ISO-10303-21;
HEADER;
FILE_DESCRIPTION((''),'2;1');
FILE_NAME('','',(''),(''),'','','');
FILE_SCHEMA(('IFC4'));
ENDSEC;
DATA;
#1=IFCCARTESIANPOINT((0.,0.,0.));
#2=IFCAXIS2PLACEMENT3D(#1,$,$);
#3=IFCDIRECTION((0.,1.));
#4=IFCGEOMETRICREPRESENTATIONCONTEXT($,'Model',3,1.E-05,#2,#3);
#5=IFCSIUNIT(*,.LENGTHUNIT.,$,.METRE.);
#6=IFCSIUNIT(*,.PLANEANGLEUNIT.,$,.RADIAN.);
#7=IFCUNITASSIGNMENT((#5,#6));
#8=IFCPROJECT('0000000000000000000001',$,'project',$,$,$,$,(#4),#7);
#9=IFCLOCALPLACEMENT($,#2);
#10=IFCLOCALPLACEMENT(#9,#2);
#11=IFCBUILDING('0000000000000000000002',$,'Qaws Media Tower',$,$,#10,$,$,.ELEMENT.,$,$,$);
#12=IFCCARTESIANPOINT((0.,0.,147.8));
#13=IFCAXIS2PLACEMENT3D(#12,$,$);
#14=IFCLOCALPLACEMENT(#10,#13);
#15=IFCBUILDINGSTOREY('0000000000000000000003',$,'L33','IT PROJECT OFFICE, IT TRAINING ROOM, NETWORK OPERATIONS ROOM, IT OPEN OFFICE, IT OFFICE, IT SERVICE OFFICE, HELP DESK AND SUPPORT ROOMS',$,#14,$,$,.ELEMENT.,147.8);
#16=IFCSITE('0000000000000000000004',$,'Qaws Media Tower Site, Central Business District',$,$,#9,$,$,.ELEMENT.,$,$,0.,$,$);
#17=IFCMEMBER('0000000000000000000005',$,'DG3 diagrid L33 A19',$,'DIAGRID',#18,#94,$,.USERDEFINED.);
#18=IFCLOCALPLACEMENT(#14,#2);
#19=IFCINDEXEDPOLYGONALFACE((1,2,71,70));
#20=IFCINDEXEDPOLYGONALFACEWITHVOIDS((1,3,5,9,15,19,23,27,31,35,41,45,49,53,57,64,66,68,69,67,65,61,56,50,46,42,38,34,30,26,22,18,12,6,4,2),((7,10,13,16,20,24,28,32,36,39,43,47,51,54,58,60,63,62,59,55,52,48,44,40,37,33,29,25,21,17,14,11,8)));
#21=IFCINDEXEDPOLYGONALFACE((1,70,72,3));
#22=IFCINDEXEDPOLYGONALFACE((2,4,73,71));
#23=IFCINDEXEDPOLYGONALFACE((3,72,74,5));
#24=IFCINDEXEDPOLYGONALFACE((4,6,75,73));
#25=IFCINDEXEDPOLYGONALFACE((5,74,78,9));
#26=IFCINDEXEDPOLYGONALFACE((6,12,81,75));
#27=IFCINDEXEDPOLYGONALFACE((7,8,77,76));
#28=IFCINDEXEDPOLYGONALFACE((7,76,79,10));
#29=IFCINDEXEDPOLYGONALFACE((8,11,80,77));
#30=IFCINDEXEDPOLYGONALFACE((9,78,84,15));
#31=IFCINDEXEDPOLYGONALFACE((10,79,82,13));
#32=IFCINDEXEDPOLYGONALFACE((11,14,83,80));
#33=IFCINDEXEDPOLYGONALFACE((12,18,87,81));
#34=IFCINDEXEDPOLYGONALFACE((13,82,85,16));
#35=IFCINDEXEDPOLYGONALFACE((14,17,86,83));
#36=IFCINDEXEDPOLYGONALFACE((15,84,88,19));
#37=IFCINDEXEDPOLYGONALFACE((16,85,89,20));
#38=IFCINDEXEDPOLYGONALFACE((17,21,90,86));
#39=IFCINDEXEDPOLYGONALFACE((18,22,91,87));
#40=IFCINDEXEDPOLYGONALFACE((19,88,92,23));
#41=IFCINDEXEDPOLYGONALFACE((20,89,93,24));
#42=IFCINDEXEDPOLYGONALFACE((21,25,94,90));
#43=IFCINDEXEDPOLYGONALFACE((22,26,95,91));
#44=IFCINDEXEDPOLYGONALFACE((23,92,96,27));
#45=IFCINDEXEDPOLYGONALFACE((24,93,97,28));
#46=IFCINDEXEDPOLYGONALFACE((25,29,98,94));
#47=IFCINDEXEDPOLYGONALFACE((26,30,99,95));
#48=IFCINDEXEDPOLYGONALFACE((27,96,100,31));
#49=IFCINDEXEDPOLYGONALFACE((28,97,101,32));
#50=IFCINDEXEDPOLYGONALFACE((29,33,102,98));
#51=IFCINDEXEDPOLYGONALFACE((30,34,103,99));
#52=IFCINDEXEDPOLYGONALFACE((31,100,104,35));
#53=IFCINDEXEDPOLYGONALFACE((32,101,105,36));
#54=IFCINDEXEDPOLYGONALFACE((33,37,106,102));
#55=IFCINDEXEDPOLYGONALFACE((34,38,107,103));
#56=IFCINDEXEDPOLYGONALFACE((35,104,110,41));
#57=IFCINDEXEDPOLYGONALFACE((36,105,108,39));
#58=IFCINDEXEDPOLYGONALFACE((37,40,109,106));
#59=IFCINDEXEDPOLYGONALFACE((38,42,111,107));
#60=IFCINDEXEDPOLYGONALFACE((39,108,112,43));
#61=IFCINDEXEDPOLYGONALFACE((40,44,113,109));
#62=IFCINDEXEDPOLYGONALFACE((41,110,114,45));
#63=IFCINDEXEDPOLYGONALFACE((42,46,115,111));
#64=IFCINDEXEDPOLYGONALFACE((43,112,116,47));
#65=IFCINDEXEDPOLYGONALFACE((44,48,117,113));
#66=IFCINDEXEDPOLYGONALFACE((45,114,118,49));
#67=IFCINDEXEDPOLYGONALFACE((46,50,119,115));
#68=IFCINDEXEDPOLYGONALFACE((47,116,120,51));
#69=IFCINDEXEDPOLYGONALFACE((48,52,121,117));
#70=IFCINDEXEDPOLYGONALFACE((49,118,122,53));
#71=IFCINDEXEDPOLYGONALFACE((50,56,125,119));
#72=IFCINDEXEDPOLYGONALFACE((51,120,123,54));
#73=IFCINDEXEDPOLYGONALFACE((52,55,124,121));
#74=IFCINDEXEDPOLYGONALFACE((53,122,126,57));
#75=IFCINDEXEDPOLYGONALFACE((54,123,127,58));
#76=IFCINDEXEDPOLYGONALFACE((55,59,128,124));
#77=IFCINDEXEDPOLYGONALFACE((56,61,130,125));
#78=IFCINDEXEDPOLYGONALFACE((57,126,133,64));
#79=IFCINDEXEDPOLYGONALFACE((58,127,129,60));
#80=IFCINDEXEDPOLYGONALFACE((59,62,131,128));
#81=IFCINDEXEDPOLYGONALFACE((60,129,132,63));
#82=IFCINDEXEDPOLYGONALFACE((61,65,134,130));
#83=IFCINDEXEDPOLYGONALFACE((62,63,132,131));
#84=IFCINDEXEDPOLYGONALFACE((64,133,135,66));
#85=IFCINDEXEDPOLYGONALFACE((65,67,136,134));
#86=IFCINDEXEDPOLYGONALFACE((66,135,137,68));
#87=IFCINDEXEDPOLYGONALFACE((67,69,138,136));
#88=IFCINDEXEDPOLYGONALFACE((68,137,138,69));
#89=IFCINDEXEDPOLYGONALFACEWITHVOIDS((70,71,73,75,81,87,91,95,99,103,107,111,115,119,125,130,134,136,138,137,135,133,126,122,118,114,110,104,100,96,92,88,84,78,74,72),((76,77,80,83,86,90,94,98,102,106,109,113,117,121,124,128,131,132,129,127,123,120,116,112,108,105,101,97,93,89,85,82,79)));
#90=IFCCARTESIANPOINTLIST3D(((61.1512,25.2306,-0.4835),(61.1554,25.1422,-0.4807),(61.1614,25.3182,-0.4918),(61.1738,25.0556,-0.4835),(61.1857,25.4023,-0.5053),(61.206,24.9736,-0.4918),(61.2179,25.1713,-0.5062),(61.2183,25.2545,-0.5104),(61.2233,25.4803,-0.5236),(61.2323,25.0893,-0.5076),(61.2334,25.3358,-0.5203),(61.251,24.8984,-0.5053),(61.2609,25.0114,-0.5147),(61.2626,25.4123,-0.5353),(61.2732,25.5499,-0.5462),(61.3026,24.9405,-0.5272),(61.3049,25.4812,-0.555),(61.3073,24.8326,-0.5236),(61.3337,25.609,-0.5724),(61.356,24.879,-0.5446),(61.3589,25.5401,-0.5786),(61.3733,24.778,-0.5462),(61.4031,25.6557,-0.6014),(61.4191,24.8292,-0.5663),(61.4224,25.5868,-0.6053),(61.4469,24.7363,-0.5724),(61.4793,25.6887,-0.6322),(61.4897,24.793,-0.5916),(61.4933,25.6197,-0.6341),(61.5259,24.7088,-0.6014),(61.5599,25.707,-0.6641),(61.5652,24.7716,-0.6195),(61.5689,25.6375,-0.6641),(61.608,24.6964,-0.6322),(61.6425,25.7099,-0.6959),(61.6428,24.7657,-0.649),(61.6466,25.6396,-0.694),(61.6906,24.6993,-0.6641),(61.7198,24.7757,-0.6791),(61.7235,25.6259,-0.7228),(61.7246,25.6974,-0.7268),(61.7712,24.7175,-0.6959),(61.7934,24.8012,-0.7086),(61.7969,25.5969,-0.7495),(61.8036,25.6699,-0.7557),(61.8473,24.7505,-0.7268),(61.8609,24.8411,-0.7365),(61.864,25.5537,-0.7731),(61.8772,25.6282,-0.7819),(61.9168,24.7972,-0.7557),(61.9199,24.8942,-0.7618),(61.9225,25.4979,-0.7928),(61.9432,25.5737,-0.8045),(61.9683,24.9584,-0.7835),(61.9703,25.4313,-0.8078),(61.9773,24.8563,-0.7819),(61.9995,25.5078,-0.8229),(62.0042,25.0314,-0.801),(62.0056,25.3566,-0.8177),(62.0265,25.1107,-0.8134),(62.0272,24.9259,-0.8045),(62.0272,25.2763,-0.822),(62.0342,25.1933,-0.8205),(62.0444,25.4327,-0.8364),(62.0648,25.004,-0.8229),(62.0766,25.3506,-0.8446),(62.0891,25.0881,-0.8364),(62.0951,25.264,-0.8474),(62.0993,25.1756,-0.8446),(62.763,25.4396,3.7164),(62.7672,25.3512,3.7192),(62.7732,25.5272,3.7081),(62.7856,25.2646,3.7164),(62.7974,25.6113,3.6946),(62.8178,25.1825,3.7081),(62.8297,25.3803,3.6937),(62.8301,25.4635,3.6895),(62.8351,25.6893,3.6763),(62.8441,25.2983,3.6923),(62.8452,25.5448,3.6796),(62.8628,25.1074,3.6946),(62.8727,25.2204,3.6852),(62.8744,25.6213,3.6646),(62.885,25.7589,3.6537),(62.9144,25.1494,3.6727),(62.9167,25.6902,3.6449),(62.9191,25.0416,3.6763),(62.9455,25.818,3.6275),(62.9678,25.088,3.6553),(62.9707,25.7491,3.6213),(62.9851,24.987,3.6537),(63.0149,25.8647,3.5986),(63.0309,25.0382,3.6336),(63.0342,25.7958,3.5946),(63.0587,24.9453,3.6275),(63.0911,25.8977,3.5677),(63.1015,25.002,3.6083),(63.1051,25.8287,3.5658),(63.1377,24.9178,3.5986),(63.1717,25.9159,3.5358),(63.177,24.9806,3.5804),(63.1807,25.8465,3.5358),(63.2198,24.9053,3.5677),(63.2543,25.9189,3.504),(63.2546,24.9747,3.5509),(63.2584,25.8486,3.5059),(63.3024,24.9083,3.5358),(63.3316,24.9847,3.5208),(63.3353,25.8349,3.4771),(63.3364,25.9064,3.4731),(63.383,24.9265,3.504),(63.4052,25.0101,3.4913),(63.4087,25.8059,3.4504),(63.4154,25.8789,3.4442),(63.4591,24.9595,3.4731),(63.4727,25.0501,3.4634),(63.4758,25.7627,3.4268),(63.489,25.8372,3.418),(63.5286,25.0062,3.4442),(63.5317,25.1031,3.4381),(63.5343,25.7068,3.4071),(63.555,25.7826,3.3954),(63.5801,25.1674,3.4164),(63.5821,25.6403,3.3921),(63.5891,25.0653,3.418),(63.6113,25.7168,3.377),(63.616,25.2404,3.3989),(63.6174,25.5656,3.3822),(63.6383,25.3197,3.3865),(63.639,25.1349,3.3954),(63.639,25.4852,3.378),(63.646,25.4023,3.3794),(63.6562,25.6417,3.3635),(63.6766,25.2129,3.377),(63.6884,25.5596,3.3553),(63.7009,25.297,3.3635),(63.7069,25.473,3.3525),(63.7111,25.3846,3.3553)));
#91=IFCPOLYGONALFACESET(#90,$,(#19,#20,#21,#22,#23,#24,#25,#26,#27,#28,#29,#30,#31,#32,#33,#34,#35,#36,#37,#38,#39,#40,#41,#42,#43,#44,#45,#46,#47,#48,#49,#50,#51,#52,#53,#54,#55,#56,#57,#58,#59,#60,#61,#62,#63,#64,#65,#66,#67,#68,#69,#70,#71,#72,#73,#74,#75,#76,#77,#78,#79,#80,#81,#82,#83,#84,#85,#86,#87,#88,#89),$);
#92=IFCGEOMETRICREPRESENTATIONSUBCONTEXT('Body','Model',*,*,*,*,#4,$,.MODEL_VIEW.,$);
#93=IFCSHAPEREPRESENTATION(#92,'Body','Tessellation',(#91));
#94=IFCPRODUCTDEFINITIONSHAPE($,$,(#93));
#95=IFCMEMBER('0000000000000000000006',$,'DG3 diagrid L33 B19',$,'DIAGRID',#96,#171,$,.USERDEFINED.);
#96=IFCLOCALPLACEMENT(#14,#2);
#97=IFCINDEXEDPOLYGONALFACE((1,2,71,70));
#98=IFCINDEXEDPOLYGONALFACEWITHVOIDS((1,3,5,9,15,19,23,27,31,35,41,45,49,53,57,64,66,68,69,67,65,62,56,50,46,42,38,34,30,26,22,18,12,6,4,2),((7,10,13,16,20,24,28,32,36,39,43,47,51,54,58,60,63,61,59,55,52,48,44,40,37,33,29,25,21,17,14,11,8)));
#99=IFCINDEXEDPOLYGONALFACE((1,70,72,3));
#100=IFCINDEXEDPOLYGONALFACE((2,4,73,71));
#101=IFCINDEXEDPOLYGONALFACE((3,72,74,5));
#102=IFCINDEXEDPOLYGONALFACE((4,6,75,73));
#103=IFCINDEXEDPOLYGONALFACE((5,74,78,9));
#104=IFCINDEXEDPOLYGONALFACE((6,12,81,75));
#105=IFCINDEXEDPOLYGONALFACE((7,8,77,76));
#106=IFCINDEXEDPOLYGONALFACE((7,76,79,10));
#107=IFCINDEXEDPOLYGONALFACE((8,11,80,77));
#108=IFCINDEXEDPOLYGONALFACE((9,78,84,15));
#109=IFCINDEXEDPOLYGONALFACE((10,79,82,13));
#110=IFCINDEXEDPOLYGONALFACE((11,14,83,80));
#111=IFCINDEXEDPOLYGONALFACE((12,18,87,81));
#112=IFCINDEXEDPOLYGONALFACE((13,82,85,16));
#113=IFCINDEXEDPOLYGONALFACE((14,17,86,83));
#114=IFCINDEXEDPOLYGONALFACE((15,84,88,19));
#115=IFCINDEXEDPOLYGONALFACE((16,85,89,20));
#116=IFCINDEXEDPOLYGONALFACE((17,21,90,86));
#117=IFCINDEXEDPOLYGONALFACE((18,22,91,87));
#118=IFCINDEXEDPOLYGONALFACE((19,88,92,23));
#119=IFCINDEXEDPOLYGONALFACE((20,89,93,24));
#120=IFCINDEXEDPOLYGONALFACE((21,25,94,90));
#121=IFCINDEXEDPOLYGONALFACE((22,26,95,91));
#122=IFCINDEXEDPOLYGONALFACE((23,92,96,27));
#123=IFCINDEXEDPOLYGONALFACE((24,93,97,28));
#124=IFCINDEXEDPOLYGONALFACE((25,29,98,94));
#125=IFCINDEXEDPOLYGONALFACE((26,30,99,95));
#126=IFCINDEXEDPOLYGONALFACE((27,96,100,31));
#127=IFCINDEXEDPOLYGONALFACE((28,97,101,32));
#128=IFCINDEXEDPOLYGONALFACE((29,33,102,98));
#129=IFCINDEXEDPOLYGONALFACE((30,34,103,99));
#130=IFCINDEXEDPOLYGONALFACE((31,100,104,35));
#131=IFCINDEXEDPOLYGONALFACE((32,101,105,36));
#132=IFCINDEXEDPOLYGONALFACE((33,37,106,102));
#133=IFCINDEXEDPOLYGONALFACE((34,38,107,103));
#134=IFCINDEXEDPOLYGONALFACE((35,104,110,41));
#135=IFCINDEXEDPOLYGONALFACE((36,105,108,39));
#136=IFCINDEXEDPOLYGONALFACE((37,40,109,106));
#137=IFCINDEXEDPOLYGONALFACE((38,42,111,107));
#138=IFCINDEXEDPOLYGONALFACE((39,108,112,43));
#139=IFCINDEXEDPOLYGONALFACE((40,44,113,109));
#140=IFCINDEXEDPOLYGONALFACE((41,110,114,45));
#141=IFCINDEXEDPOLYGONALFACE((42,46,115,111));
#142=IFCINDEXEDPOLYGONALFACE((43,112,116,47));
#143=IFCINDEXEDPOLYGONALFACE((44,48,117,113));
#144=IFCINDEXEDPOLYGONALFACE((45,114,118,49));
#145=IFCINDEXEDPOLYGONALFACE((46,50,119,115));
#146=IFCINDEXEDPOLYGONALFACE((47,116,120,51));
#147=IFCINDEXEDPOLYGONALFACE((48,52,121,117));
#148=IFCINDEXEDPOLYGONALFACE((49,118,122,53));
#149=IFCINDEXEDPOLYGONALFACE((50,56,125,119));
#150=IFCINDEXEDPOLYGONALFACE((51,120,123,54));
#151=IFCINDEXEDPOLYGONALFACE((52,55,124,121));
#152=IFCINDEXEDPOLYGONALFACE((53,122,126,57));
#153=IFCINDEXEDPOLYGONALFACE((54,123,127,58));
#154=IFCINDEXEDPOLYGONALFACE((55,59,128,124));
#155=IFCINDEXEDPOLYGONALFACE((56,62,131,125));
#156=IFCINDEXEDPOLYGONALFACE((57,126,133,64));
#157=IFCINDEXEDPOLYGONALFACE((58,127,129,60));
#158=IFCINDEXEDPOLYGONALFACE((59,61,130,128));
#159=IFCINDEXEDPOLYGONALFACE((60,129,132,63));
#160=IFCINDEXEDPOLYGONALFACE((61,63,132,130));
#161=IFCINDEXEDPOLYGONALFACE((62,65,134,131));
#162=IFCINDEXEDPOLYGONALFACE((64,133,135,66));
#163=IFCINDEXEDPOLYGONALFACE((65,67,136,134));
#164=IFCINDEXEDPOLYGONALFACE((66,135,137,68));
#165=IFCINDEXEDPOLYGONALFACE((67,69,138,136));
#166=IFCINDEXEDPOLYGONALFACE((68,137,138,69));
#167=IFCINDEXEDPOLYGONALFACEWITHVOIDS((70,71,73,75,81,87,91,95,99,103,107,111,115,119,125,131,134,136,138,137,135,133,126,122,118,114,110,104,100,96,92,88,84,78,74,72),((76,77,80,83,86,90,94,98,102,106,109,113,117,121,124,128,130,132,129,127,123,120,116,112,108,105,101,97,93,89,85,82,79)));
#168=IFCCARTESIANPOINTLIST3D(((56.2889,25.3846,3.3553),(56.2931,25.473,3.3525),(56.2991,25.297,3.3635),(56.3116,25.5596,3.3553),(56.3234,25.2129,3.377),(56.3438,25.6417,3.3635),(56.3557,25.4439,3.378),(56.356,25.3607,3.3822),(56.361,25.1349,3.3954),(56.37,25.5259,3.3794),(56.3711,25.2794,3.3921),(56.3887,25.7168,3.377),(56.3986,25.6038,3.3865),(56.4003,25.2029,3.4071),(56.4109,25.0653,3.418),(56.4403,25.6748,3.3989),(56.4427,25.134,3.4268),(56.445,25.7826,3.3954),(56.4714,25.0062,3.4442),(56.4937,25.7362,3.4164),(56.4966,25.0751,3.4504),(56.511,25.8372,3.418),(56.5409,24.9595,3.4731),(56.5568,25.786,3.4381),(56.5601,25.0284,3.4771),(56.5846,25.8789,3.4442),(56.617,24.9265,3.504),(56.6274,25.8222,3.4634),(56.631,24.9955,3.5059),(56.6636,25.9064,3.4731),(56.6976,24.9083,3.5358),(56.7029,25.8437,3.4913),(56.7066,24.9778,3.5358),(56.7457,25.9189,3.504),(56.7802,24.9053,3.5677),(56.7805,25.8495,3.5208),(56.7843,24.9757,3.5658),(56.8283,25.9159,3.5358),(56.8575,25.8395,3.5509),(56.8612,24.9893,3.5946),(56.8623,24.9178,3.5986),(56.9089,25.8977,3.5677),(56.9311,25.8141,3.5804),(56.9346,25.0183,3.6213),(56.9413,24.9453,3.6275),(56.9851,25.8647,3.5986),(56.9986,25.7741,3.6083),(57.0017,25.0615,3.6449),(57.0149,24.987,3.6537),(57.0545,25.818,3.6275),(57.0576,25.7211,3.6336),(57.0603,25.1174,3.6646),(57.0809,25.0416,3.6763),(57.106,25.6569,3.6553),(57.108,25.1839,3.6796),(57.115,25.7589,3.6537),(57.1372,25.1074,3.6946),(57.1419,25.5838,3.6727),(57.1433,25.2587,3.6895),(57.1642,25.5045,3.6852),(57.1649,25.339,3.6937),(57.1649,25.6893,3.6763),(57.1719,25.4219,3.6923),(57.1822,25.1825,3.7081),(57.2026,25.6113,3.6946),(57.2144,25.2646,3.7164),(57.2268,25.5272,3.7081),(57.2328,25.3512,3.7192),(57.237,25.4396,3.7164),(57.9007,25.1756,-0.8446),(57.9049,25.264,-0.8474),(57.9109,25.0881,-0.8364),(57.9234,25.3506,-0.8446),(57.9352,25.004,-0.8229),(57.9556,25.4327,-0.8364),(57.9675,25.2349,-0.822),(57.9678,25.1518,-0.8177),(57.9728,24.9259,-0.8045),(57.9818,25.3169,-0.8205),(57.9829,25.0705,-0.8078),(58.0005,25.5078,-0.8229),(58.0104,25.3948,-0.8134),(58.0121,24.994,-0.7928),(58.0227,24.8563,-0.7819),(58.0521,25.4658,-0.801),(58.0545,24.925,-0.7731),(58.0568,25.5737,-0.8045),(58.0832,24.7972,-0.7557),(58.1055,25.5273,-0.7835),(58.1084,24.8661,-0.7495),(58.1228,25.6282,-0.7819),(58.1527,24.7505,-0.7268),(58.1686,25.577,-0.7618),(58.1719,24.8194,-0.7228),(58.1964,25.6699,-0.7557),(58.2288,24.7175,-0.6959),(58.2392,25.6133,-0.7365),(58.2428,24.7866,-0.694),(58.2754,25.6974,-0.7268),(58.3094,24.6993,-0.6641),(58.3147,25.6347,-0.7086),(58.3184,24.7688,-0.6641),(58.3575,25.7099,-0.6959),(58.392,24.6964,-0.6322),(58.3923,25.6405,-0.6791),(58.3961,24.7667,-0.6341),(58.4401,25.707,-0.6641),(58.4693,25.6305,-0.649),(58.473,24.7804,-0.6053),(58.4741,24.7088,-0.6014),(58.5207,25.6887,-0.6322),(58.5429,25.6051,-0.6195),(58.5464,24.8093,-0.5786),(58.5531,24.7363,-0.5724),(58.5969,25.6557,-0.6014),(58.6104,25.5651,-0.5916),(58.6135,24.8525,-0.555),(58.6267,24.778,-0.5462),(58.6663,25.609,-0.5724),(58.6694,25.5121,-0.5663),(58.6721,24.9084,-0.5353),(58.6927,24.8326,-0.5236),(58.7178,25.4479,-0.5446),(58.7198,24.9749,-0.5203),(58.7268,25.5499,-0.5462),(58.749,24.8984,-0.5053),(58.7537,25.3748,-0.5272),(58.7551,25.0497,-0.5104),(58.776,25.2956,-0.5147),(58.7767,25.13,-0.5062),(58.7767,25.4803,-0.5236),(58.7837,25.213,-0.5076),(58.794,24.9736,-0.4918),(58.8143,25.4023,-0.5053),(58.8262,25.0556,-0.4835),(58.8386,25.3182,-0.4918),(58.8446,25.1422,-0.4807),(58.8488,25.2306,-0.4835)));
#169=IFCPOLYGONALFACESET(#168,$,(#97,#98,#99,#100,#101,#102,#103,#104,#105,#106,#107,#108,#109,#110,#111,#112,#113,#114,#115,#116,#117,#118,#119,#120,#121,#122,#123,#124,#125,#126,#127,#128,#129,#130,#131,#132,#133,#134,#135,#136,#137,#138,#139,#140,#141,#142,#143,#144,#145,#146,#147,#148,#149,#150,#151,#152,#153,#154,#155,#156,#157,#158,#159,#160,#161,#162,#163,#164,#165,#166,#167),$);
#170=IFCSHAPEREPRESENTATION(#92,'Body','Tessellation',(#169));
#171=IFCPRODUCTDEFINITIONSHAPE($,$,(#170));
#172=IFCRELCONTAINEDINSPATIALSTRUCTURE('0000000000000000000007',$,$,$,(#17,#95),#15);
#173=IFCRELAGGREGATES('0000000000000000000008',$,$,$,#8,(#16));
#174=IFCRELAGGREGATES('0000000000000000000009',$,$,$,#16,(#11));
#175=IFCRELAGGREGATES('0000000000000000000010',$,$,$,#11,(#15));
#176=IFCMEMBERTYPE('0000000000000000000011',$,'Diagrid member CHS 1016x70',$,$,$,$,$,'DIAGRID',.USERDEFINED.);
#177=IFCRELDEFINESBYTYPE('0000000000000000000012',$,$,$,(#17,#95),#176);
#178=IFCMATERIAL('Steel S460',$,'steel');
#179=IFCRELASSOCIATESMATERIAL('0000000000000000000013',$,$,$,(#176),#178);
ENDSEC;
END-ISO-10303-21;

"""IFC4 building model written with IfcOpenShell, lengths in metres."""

from ifc_helpers import new_model, si_unit, direction, frame, origin, origin_2d, place, context, subcontext, project, spatial, hollow_circle, extrude, material, material_profile, profile_set, type_object, element, save


model = new_model("IFC4")

# Units and contexts
model_context = context("Model", 3, precision=1e-05, world=origin(), true_north=direction((0.0, 1.0)))
body_context = subcontext(model_context, "Body", "Model", "MODEL_VIEW")
ifc_project = project(units=[si_unit("LENGTHUNIT", "METRE"), si_unit("PLANEANGLEUNIT", "RADIAN")], contexts=[model_context])

# Site, building, storey
site_placement = place(None, origin())
site = spatial("IfcSite", under=ifc_project, at=site_placement, Name="Qaws Media Tower Site, Central Business District", CompositionType="ELEMENT", RefElevation=0.0)
building_placement = place(site_placement, origin())
building = spatial("IfcBuilding", under=site, at=building_placement, Name="Qaws Media Tower", CompositionType="ELEMENT")
storey_placement = place(building_placement, frame((0.0, 0.0, 147.8)))
storey = spatial("IfcBuildingStorey", under=building, at=storey_placement, Name="L33", Description="IT PROJECT OFFICE, IT TRAINING ROOM, NETWORK OPERATIONS ROOM, IT OPEN OFFICE, IT OFFICE, IT SERVICE OFFICE, HELP DESK AND SUPPORT ROOMS", CompositionType="ELEMENT", Elevation=147.8)

# Members
ifc_material_1 = material(Name="Steel S460", Category="steel")
ifc_material_profile_1 = material_profile(ifc_material_1, hollow_circle(Radius=0.5081, WallThickness=0.0701, at=origin_2d()), Name="CHS 1016x70")
ifc_profile_set_1 = profile_set([ifc_material_profile_1], Name="Steel S460")
member_type_1 = type_object("IfcMemberType", Name="Diagrid member CHS 1016x70", ElementType="DIAGRID", PredefinedType="USERDEFINED", material=ifc_profile_set_1)
for number, where, z_axis, x_axis, name in (
    (1, (61.6252, 25.2031, -0.6641), (0.357906, 0.046405, 0.932604), (-0.128581, 0.991699, 0.0), "DG3 diagrid L33 A19"),
    (2, (58.3748, 25.2031, -0.6641), (-0.357906, 0.046405, 0.932604), (-0.128581, -0.991699, 0.0), "DG3 diagrid L33 B19"),
):
    element("IfcMember", number, at=place(storey_placement, frame(where, z_axis=z_axis, x_axis=x_axis)), inside=storey, type_object=member_type_1, Name=name, ObjectType="DIAGRID", PredefinedType="USERDEFINED", context=body_context, shape_type="SweptSolid", body=[
        extrude(hollow_circle(Radius=0.5081, WallThickness=0.0701, at=origin_2d()), origin(), (0.0, 0.0, 1.0), 4.5034),
    ])

save(model, "model.ifc")
